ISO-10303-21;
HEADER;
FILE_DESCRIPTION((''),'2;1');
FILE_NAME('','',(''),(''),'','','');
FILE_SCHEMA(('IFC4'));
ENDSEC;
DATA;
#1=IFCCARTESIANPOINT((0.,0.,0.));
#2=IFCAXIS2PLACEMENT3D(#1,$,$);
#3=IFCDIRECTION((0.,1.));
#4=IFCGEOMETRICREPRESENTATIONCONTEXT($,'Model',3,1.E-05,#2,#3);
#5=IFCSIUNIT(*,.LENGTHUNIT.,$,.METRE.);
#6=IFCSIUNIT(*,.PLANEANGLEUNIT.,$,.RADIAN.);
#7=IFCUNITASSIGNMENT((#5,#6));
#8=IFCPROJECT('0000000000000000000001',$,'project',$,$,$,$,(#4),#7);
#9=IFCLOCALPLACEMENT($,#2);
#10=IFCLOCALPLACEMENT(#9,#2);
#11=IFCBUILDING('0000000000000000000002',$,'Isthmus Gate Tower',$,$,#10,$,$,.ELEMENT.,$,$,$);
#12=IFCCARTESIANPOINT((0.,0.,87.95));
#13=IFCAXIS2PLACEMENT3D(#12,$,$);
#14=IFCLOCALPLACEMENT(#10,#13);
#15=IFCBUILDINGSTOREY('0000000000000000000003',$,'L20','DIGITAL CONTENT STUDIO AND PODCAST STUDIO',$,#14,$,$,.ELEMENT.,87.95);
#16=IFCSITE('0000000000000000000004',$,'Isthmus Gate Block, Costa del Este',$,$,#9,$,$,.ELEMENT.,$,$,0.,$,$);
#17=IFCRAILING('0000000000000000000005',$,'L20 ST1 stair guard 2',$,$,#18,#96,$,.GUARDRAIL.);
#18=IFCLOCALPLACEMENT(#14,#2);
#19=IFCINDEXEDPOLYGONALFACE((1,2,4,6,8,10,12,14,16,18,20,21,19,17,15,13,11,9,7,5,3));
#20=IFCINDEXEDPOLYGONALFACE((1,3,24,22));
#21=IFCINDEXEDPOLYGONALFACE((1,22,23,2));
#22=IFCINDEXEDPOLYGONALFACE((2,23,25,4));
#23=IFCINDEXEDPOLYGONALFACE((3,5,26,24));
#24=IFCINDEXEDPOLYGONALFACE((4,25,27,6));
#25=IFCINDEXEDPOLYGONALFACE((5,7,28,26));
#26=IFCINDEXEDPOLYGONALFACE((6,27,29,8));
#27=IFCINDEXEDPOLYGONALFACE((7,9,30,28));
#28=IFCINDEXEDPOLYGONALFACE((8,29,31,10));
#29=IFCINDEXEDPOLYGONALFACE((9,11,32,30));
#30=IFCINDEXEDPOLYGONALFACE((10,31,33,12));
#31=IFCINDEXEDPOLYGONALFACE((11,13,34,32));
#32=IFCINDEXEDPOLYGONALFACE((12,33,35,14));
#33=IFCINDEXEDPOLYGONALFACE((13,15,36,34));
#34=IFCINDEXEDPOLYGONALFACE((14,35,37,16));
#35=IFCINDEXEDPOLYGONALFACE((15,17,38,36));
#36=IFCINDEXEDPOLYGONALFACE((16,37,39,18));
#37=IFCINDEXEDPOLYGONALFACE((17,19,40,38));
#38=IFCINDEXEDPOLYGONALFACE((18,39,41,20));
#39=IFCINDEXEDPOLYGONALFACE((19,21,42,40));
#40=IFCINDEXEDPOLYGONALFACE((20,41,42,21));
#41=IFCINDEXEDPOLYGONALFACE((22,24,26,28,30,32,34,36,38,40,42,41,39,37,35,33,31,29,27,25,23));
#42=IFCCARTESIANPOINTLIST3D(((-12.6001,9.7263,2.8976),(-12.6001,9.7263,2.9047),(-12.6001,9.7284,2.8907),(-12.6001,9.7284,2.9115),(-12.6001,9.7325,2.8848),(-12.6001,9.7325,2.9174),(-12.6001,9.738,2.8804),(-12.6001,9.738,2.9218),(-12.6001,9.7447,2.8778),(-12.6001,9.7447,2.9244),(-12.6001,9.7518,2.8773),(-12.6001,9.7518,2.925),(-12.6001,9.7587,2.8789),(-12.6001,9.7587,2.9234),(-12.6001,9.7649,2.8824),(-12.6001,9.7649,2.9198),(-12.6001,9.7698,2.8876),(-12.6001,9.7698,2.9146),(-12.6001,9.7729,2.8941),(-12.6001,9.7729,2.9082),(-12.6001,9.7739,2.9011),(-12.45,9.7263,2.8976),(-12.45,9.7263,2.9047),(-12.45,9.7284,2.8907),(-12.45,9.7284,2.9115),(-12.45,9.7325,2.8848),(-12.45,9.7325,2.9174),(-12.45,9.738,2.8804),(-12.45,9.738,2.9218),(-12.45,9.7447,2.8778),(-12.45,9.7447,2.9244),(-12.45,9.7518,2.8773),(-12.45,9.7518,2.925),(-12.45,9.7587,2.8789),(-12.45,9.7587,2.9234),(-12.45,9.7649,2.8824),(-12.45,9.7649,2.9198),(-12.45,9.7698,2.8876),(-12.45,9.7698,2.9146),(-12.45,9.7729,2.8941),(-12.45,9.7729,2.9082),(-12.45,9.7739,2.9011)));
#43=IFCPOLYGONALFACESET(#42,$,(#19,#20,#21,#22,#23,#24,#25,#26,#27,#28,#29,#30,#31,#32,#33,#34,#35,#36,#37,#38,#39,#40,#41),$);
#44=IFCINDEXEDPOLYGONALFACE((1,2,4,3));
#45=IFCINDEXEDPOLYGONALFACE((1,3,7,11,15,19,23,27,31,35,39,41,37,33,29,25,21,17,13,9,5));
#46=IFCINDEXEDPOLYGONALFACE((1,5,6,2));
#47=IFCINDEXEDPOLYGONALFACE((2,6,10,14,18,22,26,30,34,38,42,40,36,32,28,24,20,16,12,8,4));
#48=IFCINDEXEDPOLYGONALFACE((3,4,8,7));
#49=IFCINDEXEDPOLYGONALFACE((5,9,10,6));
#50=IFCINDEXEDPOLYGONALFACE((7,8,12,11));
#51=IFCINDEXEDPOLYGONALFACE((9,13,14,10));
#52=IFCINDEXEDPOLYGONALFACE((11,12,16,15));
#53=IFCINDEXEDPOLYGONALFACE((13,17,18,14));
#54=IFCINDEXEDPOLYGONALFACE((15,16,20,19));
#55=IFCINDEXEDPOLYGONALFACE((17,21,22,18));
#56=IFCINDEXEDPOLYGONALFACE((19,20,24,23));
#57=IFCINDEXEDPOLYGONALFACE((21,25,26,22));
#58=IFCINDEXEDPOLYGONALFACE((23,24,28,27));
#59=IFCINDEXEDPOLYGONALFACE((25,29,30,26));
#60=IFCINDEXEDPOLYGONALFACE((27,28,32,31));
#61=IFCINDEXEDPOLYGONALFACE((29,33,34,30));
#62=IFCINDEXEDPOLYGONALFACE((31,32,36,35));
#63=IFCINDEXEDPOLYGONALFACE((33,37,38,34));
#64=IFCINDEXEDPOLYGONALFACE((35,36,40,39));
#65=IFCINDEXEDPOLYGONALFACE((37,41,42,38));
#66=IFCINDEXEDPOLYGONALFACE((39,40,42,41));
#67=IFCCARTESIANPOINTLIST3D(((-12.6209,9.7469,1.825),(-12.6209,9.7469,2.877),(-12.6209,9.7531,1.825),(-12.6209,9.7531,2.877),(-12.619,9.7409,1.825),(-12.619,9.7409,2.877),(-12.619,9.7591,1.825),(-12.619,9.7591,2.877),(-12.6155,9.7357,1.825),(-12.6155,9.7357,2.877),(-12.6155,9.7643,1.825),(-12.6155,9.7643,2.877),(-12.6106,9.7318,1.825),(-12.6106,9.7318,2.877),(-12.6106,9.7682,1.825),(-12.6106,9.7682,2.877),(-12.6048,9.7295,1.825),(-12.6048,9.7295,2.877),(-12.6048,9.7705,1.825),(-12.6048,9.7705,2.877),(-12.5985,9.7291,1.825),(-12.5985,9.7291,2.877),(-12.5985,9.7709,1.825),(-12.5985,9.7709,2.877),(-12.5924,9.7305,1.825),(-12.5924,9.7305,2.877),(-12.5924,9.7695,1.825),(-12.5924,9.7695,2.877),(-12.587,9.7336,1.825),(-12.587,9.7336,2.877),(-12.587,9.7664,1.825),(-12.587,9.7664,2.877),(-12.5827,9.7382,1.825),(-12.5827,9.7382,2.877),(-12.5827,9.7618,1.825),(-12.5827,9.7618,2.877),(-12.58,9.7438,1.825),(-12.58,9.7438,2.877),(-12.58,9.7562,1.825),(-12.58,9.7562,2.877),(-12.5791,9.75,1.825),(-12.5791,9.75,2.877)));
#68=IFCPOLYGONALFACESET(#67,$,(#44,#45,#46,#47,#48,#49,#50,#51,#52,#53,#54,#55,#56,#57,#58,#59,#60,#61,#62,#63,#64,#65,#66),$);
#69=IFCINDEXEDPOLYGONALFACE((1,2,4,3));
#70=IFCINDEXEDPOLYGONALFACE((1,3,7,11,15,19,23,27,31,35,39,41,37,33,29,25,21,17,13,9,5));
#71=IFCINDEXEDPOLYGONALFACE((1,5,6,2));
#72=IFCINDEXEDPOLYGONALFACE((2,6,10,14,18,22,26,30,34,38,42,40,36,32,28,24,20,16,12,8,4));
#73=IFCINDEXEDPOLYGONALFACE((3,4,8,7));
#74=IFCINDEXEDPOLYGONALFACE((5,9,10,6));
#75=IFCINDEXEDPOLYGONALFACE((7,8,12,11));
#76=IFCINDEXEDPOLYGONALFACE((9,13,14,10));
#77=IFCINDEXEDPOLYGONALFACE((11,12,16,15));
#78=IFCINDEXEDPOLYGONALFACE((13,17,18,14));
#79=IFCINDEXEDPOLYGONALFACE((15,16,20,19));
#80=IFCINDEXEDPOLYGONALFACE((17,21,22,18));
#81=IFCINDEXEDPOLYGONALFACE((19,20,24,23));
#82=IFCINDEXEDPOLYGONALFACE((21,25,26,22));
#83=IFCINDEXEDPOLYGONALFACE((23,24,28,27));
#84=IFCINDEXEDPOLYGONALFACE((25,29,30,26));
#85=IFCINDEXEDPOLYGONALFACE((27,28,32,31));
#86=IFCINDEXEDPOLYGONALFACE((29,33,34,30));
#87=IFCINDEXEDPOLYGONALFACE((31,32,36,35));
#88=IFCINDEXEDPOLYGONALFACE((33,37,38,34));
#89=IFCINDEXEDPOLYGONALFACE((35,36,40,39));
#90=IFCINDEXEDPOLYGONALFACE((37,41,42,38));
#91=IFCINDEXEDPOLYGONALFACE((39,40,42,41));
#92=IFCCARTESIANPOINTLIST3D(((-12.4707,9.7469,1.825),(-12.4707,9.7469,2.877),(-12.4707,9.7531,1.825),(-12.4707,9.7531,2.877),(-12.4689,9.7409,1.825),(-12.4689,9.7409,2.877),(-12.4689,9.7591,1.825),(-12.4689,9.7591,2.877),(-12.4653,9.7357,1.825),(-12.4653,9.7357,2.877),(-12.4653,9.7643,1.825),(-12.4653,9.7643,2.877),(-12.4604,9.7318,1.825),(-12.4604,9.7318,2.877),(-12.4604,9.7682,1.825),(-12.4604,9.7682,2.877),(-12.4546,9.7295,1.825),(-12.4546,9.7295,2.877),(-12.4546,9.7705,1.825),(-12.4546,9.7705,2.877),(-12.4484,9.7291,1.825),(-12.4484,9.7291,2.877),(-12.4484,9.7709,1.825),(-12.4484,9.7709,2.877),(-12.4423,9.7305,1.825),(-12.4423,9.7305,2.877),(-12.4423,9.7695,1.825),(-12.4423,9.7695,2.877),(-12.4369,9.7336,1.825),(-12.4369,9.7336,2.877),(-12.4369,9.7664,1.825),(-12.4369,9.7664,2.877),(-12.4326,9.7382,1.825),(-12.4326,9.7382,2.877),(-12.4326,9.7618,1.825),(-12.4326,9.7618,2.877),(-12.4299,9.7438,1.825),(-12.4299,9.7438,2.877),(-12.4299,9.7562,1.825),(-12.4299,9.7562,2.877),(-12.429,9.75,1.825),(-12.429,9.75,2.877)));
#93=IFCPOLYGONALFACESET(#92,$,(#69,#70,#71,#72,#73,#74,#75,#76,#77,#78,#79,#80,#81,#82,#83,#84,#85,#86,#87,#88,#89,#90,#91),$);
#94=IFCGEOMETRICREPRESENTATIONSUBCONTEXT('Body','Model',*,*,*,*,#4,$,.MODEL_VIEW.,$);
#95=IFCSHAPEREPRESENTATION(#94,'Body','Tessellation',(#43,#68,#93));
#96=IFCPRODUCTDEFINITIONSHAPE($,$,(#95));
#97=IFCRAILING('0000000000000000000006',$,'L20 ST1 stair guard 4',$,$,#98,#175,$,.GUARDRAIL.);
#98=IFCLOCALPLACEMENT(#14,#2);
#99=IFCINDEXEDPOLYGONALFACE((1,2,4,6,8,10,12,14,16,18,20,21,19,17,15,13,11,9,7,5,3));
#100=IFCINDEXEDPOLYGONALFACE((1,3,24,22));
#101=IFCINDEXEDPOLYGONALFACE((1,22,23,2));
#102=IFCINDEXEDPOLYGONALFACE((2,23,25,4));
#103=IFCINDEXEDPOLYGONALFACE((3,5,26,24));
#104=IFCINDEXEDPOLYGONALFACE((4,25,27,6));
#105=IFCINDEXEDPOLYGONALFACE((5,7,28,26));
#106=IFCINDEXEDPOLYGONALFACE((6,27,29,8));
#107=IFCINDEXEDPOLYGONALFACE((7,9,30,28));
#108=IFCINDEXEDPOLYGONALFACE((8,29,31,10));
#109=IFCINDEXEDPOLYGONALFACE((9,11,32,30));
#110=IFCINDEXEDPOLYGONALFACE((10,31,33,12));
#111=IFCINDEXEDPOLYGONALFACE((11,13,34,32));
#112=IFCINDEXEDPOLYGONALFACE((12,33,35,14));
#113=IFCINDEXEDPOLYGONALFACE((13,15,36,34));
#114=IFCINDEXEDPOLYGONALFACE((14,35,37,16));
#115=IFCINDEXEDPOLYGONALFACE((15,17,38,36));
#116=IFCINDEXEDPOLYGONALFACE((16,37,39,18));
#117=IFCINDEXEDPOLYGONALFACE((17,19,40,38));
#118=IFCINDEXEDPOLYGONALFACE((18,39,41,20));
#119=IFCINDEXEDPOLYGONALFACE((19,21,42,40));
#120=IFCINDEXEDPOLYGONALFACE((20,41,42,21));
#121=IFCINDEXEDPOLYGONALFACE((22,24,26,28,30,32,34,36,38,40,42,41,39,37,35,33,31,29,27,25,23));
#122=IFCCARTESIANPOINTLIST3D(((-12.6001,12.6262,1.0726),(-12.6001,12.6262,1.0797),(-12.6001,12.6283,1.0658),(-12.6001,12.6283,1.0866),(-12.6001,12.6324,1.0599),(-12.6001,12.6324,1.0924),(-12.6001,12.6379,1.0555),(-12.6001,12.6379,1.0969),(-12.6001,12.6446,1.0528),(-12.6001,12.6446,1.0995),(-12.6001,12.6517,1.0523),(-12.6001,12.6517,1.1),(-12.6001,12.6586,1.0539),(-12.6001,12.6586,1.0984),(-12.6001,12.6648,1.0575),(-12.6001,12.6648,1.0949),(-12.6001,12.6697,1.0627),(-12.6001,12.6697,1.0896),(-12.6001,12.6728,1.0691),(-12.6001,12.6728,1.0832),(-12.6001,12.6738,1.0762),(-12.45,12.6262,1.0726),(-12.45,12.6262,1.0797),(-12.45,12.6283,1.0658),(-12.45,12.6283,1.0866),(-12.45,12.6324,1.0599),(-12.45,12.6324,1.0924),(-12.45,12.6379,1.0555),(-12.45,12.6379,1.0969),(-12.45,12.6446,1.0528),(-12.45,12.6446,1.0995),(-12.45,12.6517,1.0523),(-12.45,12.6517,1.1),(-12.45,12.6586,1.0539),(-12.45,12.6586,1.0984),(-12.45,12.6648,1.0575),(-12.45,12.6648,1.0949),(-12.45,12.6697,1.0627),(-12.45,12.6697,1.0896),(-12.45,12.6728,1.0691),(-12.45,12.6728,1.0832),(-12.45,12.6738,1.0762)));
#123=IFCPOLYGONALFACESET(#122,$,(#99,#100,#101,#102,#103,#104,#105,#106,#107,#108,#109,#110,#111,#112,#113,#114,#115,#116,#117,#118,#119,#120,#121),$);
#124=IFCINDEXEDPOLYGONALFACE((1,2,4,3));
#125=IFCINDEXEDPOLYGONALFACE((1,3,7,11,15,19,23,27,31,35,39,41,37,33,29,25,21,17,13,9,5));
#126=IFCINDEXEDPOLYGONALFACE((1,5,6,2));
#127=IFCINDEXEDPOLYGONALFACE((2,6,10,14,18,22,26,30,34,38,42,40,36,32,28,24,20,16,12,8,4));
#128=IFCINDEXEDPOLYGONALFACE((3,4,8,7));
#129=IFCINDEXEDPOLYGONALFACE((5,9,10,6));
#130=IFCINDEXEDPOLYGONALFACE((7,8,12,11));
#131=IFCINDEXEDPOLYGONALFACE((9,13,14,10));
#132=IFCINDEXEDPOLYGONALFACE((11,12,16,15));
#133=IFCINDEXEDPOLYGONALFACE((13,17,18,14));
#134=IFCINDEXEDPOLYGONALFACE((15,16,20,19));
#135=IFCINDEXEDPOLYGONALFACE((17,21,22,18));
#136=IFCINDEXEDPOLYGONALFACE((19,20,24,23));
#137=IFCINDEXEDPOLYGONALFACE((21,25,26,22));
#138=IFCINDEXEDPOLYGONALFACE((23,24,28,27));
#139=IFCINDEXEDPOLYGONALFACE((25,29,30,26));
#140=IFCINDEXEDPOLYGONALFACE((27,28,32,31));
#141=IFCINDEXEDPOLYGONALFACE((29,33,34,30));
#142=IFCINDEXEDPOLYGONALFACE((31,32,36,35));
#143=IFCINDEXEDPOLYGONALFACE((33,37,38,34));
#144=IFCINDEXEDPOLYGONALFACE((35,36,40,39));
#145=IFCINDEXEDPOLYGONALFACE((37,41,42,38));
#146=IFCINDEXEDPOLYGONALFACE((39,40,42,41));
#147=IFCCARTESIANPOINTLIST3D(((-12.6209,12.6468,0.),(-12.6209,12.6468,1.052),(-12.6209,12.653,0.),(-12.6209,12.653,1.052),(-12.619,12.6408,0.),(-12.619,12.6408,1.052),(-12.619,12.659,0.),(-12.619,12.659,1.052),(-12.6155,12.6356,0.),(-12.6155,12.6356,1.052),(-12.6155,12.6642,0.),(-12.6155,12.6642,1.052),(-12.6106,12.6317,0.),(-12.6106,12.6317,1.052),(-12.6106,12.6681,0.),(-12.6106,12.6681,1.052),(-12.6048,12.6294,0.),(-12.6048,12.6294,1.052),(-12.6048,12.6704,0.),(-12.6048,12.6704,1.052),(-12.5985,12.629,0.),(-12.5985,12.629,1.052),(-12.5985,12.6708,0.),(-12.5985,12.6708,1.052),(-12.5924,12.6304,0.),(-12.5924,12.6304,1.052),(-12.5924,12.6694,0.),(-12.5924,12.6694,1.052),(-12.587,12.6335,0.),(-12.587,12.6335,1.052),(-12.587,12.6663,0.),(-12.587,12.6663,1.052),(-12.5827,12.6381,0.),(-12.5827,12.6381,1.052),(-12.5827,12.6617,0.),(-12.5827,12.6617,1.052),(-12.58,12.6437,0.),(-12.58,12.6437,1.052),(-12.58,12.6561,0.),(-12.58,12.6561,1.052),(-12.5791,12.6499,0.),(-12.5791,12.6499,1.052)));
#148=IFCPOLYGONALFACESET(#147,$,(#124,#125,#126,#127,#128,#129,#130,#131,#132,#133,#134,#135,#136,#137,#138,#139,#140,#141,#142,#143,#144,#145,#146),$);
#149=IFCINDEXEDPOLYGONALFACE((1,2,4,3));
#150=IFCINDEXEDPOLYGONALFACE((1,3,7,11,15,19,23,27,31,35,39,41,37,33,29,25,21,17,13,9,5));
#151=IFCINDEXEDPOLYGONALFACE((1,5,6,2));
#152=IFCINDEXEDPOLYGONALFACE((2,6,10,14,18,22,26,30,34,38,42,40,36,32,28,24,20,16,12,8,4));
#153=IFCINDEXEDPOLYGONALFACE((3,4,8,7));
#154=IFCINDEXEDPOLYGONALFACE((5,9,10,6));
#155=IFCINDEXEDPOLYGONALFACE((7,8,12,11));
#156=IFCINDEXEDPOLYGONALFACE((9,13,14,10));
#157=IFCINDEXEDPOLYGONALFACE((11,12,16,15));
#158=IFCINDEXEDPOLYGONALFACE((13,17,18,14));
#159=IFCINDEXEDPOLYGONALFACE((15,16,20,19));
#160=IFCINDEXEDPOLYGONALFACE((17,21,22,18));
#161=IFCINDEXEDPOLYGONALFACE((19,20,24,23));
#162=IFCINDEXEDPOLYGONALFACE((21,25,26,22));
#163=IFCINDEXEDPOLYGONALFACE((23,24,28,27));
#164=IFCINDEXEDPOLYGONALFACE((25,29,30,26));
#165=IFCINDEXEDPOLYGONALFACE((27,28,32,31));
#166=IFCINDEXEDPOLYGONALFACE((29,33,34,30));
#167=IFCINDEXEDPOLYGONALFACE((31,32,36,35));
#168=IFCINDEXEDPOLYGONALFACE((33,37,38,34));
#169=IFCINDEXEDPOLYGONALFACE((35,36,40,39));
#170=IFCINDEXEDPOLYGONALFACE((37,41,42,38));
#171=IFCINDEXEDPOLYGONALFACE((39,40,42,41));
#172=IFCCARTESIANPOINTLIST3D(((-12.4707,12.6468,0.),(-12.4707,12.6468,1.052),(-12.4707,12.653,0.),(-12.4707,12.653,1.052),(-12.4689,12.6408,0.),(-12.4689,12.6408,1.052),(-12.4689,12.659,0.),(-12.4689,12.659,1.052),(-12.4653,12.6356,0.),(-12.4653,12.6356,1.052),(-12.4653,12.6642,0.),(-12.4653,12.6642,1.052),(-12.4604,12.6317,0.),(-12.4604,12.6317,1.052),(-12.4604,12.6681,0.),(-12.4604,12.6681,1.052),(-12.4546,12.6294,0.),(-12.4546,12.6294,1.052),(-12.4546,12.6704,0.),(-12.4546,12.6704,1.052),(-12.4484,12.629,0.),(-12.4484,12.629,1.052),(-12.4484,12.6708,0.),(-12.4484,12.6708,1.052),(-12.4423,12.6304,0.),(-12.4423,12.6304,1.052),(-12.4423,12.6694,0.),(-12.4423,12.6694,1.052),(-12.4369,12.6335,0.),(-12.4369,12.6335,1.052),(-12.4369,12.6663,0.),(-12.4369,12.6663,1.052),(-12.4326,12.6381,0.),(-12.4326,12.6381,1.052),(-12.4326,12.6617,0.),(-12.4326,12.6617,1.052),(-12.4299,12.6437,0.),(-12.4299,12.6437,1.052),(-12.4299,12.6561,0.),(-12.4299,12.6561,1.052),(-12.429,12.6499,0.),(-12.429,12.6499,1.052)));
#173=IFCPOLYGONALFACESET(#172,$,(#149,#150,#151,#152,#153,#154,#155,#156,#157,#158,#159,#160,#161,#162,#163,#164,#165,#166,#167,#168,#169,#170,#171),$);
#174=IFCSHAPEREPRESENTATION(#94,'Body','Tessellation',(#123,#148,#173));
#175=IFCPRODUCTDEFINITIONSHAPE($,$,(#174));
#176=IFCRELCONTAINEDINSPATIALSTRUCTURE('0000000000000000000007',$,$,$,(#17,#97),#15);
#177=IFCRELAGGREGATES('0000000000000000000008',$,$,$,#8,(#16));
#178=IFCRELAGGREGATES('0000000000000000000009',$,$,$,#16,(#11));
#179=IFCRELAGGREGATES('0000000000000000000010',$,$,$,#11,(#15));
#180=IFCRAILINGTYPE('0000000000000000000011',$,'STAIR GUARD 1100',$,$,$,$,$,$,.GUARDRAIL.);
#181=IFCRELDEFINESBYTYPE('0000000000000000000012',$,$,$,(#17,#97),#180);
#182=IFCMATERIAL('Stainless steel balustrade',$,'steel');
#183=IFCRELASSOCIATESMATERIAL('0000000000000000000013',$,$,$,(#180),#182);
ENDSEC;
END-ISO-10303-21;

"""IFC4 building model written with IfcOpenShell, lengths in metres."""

from ifc_helpers import new_model, si_unit, direction, frame, origin, origin_2d, place, context, subcontext, project, spatial, circle, extrude, material, type_object, element, save


model = new_model("IFC4")

# Units and contexts
model_context = context("Model", 3, precision=1e-05, world=origin(), true_north=direction((0.0, 1.0)))
body_context = subcontext(model_context, "Body", "Model", "MODEL_VIEW")
ifc_project = project(units=[si_unit("LENGTHUNIT", "METRE"), si_unit("PLANEANGLEUNIT", "RADIAN")], contexts=[model_context])

# Site, building, storey
site_placement = place(None, origin())
site = spatial("IfcSite", under=ifc_project, at=site_placement, Name="Isthmus Gate Block, Costa del Este", CompositionType="ELEMENT", RefElevation=0.0)
building_placement = place(site_placement, origin())
building = spatial("IfcBuilding", under=site, at=building_placement, Name="Isthmus Gate Tower", CompositionType="ELEMENT")
storey_placement = place(building_placement, frame((0.0, 0.0, 87.95)))
storey = spatial("IfcBuildingStorey", under=building, at=storey_placement, Name="L20", Description="DIGITAL CONTENT STUDIO AND PODCAST STUDIO", CompositionType="ELEMENT", Elevation=87.95)

# Railings
ifc_material_1 = material(Name="Stainless steel balustrade", Category="steel")
railing_type_1 = type_object("IfcRailingType", Name="STAIR GUARD 1100", PredefinedType="GUARDRAIL", material=ifc_material_1)
for number, where, name in (
    (1, (-12.6001, 9.75, 1.825), "L20 ST1 stair guard 2"),
    (2, (-12.6001, 12.6499, 0.0), "L20 ST1 stair guard 4"),
):
    element("IfcRailing", number, at=place(storey_placement, frame(where)), inside=storey, type_object=railing_type_1, Name=name, PredefinedType="GUARDRAIL", context=body_context, shape_type="SweptSolid", body=[
        extrude(circle(Radius=0.0239, at=origin_2d()), frame((0.0, 0.0, 1.0762), z_axis=(1.0, 0.0, 0.0), x_axis=(0.0, 1.0, 0.0)), (0.0, 0.0, 1.0), 0.1501),
        extrude(circle(Radius=0.021, at=origin_2d()), origin(), (0.0, 0.0, 1.0), 1.052),
        extrude(circle(Radius=0.021, at=origin_2d()), frame((0.1501, 0.0, 0.0)), (0.0, 0.0, 1.0), 1.052),
    ])

save(model, "model.ifc")
